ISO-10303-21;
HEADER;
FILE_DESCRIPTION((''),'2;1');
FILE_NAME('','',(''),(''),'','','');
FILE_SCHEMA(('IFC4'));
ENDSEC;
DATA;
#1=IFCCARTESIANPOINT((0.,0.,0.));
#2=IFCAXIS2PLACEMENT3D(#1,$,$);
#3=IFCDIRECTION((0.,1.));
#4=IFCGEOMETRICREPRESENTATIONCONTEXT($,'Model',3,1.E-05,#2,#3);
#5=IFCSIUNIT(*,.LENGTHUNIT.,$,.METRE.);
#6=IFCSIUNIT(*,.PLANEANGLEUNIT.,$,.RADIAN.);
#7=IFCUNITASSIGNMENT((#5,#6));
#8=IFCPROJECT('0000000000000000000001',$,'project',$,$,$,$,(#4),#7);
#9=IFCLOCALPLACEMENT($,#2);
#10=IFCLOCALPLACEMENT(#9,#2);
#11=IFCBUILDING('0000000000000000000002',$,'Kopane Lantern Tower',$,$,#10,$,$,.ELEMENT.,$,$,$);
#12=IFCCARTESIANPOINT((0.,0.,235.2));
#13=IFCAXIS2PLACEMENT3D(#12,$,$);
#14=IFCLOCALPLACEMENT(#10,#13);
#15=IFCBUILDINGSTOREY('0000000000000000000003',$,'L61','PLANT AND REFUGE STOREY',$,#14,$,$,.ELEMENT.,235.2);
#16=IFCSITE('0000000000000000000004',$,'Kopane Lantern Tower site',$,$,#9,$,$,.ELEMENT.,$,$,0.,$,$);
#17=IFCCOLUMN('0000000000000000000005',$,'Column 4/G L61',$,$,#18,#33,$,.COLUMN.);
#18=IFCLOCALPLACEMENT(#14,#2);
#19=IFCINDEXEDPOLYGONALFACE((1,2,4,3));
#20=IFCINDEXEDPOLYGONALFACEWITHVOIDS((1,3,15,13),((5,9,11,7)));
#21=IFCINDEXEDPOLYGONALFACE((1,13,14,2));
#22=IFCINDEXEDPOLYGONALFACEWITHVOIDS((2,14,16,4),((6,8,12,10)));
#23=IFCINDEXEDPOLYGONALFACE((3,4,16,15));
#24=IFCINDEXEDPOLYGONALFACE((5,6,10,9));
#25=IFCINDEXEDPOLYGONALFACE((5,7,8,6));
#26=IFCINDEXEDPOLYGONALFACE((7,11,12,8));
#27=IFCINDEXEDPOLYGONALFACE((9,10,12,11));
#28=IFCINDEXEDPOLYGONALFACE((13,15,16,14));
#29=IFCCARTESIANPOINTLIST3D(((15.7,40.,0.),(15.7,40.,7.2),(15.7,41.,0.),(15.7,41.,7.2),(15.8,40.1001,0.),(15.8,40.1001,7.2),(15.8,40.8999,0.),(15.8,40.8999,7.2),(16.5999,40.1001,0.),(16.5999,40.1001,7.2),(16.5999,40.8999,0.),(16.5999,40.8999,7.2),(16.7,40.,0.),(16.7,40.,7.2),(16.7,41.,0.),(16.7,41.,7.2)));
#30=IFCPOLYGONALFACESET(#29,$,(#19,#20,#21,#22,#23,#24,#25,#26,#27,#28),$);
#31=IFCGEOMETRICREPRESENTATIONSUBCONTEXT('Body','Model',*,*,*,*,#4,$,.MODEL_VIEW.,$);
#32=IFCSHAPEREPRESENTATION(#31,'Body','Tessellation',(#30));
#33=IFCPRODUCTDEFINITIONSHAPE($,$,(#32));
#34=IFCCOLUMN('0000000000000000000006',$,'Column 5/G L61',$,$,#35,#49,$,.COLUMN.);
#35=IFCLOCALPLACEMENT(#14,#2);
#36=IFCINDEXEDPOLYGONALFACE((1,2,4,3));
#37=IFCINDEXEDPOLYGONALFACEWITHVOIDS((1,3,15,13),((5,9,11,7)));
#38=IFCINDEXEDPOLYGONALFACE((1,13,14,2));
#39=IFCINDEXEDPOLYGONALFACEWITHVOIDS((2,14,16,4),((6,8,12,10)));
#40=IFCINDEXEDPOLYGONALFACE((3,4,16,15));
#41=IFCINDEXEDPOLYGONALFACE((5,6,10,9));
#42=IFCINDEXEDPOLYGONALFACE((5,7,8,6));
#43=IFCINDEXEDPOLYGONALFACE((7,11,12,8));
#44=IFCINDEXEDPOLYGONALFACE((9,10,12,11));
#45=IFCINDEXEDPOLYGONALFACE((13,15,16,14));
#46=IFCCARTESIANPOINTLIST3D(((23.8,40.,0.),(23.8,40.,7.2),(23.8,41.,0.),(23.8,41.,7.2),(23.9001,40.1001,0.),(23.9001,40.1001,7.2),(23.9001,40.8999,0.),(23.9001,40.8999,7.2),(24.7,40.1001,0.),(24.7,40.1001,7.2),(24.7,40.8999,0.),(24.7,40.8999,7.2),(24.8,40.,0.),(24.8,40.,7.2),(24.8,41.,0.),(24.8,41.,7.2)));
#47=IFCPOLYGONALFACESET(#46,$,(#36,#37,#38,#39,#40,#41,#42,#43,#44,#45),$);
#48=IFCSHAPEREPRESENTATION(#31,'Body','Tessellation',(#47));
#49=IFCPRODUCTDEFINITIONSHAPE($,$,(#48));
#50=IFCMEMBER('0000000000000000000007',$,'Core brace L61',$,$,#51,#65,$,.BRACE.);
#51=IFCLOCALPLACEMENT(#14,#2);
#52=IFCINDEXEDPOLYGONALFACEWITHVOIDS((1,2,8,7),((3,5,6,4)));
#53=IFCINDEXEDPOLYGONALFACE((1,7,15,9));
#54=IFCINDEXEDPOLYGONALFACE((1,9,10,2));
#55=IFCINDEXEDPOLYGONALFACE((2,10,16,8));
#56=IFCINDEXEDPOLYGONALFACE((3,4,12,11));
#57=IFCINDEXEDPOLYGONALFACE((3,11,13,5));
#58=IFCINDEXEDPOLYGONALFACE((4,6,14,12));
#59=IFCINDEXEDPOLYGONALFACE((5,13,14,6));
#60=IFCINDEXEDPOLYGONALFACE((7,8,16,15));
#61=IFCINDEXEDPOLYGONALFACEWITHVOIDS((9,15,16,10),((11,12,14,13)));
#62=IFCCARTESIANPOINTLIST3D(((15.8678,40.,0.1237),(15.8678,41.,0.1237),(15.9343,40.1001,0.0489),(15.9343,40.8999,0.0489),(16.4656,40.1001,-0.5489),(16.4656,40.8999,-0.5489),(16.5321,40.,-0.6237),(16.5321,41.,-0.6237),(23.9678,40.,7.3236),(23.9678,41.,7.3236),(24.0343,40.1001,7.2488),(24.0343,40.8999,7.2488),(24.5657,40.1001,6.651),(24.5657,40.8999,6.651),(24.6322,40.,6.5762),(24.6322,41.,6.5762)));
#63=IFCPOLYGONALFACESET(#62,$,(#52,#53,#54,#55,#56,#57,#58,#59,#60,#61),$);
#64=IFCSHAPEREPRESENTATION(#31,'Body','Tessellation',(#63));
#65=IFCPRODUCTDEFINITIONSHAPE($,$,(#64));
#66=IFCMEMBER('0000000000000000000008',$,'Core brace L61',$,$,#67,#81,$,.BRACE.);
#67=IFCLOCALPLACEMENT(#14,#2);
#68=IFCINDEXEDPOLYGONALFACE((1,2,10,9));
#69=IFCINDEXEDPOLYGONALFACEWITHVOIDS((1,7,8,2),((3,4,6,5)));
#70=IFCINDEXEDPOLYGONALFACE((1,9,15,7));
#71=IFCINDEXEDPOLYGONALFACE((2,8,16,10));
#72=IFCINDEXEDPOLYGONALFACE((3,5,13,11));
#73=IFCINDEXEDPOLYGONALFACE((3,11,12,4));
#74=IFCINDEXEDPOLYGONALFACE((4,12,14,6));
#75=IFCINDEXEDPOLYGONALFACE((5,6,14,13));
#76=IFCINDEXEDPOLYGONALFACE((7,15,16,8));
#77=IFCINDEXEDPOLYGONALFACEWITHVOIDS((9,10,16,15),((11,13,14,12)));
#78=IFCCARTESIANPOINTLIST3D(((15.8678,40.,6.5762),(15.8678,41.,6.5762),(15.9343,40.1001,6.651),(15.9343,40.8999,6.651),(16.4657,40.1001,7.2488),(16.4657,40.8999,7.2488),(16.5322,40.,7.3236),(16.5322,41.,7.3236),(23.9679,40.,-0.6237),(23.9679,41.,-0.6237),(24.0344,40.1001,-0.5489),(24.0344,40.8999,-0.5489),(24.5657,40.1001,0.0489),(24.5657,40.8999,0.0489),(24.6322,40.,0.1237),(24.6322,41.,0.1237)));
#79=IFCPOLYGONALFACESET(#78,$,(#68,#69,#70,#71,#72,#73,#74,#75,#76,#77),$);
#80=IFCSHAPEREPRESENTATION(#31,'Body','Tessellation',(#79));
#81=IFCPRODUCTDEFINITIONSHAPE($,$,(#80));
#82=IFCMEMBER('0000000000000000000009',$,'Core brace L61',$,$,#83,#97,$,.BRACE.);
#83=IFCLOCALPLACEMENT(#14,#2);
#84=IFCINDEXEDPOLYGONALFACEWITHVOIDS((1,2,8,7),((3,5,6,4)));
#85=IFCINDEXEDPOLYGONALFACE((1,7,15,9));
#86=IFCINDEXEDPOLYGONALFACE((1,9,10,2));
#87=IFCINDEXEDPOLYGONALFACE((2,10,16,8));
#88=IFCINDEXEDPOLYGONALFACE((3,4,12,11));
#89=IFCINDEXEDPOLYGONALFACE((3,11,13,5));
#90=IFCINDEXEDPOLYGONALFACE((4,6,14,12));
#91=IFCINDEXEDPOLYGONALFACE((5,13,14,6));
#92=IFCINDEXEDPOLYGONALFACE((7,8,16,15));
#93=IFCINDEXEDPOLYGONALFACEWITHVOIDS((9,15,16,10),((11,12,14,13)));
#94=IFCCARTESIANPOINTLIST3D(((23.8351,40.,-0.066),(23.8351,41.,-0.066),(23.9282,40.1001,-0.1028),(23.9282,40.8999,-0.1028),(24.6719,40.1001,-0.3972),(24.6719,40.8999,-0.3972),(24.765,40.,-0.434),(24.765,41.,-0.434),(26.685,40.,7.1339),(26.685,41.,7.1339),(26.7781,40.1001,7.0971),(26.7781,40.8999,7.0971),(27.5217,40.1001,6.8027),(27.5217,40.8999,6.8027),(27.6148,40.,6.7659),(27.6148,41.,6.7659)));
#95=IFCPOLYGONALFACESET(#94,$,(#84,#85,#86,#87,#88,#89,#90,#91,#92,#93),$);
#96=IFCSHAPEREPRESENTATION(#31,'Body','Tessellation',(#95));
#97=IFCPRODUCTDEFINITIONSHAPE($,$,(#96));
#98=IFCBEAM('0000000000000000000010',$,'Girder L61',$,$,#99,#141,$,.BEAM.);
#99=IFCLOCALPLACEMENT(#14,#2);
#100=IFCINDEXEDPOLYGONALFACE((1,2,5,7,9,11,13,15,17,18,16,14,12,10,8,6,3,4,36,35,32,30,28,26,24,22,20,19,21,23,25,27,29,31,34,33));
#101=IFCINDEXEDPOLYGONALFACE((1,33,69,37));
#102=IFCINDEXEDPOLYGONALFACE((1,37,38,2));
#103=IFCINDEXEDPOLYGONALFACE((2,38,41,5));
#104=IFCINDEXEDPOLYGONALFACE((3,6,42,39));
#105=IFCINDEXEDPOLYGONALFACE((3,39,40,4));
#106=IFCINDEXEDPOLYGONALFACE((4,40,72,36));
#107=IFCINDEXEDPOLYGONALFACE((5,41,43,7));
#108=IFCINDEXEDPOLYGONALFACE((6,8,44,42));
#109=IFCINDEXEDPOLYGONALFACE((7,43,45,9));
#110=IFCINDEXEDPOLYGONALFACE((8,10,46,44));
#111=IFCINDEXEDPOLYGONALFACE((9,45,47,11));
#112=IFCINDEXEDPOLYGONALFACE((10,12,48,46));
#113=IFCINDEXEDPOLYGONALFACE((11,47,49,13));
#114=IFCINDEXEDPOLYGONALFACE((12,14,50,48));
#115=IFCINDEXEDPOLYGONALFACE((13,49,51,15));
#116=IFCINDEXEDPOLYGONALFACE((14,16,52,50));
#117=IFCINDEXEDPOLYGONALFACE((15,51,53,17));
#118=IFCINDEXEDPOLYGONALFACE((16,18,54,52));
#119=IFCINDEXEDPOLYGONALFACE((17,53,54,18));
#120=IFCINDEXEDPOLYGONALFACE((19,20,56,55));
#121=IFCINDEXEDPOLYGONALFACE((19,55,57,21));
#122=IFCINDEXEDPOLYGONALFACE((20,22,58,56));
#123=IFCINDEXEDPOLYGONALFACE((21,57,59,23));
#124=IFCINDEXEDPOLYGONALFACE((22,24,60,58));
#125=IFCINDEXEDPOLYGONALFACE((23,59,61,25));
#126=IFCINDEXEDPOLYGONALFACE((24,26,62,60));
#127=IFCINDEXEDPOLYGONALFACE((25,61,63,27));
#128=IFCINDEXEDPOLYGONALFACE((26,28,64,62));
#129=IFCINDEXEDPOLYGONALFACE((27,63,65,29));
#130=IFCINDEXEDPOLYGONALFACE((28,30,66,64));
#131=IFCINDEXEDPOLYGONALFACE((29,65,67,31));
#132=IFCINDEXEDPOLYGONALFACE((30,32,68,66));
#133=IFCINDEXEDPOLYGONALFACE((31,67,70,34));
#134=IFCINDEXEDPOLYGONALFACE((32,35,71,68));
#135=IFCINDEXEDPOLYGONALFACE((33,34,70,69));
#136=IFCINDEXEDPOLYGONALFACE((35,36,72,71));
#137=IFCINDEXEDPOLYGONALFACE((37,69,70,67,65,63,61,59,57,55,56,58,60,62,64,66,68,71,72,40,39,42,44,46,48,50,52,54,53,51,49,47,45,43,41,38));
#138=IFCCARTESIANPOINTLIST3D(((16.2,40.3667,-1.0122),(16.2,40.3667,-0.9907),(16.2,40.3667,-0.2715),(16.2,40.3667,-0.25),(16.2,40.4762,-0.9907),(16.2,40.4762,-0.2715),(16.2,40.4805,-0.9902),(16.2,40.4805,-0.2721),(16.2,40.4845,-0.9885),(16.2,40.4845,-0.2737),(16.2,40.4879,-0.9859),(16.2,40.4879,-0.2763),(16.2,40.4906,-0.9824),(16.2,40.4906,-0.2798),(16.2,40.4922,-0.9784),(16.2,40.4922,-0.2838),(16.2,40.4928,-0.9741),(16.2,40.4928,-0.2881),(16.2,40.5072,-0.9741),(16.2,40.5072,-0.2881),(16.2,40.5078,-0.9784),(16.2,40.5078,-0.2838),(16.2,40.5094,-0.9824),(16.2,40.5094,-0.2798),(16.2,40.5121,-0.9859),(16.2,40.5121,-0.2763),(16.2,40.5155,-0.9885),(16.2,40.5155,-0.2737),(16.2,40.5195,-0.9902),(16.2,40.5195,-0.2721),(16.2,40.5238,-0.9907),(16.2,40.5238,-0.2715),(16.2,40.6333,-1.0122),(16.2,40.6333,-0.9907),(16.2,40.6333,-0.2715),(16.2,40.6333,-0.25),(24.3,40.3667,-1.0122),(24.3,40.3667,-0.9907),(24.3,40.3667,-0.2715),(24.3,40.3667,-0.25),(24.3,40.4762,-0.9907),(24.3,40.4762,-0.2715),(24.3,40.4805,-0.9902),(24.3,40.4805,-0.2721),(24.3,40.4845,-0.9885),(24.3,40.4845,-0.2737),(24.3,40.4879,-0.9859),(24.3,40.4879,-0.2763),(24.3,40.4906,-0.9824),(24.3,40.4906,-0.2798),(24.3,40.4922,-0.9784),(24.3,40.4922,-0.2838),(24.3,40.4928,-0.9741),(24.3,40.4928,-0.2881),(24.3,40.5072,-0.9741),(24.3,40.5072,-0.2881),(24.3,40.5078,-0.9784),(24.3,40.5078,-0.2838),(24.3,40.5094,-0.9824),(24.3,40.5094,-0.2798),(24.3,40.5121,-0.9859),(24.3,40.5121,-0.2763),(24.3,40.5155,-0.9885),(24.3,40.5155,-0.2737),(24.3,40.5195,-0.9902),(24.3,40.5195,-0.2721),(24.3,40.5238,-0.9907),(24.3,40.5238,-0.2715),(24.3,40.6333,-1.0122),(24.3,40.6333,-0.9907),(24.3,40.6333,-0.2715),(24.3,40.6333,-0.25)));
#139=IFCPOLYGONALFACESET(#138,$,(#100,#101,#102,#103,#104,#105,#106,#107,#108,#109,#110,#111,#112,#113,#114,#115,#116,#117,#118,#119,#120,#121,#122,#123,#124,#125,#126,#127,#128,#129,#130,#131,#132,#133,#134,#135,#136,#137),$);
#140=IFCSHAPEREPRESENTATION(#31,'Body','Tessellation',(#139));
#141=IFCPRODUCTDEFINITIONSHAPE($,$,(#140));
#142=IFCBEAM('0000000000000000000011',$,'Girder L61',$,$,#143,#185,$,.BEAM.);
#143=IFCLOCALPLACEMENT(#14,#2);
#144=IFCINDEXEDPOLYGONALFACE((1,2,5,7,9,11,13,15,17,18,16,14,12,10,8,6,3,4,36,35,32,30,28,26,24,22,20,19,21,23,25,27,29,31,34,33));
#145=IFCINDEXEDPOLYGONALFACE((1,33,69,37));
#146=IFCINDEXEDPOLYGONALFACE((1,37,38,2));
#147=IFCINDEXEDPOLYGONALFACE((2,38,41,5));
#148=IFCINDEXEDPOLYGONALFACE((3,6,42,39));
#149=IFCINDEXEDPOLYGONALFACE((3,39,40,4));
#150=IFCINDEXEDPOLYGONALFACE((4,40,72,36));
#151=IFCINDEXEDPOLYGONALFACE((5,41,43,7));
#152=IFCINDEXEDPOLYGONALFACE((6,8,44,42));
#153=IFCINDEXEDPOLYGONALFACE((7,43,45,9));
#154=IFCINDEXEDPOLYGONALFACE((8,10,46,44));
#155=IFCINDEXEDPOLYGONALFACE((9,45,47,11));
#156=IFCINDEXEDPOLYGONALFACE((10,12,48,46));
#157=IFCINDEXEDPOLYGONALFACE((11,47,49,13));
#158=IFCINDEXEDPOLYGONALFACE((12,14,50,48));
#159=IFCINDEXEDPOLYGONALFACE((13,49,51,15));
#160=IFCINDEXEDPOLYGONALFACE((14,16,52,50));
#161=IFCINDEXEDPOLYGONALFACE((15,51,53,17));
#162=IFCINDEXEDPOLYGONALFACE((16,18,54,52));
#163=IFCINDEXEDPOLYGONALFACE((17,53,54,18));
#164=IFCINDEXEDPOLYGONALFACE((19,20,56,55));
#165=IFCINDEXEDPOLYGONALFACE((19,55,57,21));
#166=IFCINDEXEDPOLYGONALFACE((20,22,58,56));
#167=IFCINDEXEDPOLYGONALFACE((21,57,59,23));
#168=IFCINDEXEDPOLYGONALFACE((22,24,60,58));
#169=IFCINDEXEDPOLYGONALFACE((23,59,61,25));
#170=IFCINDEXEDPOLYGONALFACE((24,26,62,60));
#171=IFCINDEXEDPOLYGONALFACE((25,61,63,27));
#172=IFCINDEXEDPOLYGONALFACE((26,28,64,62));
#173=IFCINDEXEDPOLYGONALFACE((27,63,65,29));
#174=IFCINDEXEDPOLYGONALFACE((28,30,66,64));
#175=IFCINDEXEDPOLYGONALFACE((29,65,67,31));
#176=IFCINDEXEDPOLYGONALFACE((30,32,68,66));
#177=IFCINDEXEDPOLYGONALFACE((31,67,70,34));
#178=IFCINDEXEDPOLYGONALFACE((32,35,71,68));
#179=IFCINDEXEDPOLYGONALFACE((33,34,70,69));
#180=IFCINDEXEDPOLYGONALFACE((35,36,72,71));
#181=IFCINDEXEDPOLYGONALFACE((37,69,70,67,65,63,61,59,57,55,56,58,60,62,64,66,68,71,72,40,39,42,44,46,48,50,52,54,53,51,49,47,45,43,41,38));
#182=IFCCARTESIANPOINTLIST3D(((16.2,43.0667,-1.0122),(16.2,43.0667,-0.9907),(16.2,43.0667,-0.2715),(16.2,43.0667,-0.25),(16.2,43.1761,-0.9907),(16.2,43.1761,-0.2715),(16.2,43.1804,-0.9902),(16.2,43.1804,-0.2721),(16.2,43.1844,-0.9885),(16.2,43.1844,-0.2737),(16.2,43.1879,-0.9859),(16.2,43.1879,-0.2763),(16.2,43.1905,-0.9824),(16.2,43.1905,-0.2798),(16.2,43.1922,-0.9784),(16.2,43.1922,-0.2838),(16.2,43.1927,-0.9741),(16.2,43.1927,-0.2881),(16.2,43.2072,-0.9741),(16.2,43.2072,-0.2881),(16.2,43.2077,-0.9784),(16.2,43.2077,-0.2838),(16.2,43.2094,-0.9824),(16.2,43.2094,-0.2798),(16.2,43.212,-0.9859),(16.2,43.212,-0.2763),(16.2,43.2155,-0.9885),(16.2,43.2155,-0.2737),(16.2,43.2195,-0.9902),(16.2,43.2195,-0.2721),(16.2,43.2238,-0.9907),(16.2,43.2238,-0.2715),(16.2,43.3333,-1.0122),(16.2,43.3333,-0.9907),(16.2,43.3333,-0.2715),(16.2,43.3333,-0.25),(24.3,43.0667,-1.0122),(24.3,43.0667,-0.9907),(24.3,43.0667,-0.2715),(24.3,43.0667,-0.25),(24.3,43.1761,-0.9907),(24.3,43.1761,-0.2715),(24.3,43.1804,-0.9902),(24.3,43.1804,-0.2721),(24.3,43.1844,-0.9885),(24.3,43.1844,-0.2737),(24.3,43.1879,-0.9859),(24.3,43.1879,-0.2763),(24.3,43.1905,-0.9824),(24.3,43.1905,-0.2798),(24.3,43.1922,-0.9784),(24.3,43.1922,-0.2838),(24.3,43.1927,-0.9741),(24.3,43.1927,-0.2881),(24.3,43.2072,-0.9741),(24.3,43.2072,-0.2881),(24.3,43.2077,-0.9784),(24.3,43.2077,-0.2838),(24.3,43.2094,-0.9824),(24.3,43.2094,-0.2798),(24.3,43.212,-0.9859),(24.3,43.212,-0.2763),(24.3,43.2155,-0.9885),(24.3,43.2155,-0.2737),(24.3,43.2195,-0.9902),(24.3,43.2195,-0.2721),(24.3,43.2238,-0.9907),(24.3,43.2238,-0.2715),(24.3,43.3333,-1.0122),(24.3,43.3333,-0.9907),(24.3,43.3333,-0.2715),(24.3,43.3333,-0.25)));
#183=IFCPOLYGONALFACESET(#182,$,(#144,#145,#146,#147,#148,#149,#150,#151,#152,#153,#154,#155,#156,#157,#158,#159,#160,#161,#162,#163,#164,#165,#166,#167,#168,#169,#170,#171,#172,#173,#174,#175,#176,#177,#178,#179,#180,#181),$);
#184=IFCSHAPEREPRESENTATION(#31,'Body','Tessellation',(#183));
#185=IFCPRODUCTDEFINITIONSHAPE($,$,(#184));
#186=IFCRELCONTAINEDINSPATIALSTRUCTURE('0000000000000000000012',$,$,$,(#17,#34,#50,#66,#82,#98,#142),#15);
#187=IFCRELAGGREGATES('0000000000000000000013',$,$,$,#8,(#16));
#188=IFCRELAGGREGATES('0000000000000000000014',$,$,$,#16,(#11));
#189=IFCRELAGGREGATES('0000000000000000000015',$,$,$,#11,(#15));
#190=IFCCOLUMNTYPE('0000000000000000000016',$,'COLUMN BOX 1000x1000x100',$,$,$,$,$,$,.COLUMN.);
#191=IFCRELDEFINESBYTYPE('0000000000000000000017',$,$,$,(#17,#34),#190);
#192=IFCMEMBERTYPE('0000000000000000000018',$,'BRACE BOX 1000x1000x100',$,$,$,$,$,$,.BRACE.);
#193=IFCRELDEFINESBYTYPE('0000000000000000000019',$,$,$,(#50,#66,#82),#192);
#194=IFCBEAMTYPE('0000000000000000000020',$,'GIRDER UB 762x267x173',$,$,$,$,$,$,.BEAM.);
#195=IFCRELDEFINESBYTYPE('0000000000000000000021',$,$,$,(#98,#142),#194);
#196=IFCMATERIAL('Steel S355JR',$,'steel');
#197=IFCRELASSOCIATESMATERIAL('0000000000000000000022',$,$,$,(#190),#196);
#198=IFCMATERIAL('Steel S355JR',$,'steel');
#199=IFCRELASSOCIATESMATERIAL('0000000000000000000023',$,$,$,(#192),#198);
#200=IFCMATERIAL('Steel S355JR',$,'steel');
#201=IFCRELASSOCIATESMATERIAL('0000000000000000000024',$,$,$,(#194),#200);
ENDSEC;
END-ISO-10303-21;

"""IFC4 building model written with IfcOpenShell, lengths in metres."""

from ifc_helpers import new_model, si_unit, direction, frame, origin, origin_2d, place, context, subcontext, project, spatial, hollow_rectangle, i_section, extrude, material, material_profile, profile_set, type_object, element, save


model = new_model("IFC4")

# Units and contexts
model_context = context("Model", 3, precision=1e-05, world=origin(), true_north=direction((0.0, 1.0)))
body_context = subcontext(model_context, "Body", "Model", "MODEL_VIEW")
ifc_project = project(units=[si_unit("LENGTHUNIT", "METRE"), si_unit("PLANEANGLEUNIT", "RADIAN")], contexts=[model_context])

# Site, building, storey
site_placement = place(None, origin())
site = spatial("IfcSite", under=ifc_project, at=site_placement, Name="Kopane Lantern Tower site", CompositionType="ELEMENT", RefElevation=0.0)
building_placement = place(site_placement, origin())
building = spatial("IfcBuilding", under=site, at=building_placement, Name="Kopane Lantern Tower", CompositionType="ELEMENT")
storey_placement = place(building_placement, frame((0.0, 0.0, 235.2)))
storey = spatial("IfcBuildingStorey", under=building, at=storey_placement, Name="L61", Description="PLANT AND REFUGE STOREY", CompositionType="ELEMENT", Elevation=235.2)

# Columns
ifc_material_1 = material(Name="Steel S355JR", Category="steel")
ifc_material_profile_1 = material_profile(ifc_material_1, hollow_rectangle(XDim=1.0, YDim=1.0, WallThickness=0.1001, at=origin_2d()), Name="BOX 1000x1000x100")
ifc_profile_set_1 = profile_set([ifc_material_profile_1], Name="Steel S355JR")
column_type = type_object("IfcColumnType", Name="COLUMN BOX 1000x1000x100", PredefinedType="COLUMN", material=ifc_profile_set_1)
for number, where, z_axis, x_axis, name in (
    (1, (16.2, 40.5, 0.0), (0.0, 0.0, 1.0), (1.0, 0.0, 0.0), "Column 4/G L61"),
    (2, (24.3, 40.5, 0.0), (0.0, 0.0, 1.0), (1.0, 0.0, 0.0), "Column 5/G L61"),
):
    element("IfcColumn", number, at=place(storey_placement, frame(where, z_axis=z_axis, x_axis=x_axis)), inside=storey, type_object=column_type, Name=name, PredefinedType="COLUMN", context=body_context, shape_type="SweptSolid", body=[
        extrude(hollow_rectangle(XDim=1.0, YDim=1.0, WallThickness=0.1001, at=origin_2d()), origin(), (0.0, 0.0, 1.0), 7.2),
    ])

# Members
ifc_material_2 = material(Name="Steel S355JR", Category="steel")
ifc_material_profile_2 = material_profile(ifc_material_2, hollow_rectangle(XDim=1.0, YDim=1.0, WallThickness=0.1001, at=origin_2d()), Name="BOX 1000x1000x100")
ifc_profile_set_2 = profile_set([ifc_material_profile_2], Name="Steel S355JR")
member_type_1 = type_object("IfcMemberType", Name="BRACE BOX 1000x1000x100", PredefinedType="BRACE", material=ifc_profile_set_2)
for number, where, z_axis, x_axis, name in (
    (3, (16.2, 40.5, -0.25), (0.747416, 0.0, 0.664357), (0.0, 1.0, 0.0), "Core brace L61"),
    (4, (24.3, 40.5, -0.25), (-0.747416, 0.0, 0.664357), (0.0, -1.0, 0.0), "Core brace L61"),
):
    element("IfcMember", number, at=place(storey_placement, frame(where, z_axis=z_axis, x_axis=x_axis)), inside=storey, type_object=member_type_1, Name=name, PredefinedType="BRACE", context=body_context, shape_type="SweptSolid", body=[
        extrude(hollow_rectangle(XDim=1.0, YDim=1.0, WallThickness=0.1001, at=origin_2d()), origin(), (0.0, 0.0, 1.0), 10.8374),
    ])
member_1_placement = place(storey_placement, frame((24.3, 40.5, -0.25), z_axis=(0.368034, 0.0, 0.929812), x_axis=(0.0, 1.0, 0.0)))
element("IfcMember", 5, at=member_1_placement, inside=storey, type_object=member_type_1, Name="Core brace L61", PredefinedType="BRACE", context=body_context, shape_type="SweptSolid", body=[
    extrude(hollow_rectangle(XDim=1.0, YDim=1.0, WallThickness=0.1001, at=origin_2d()), origin(), (0.0, 0.0, 1.0), 7.7434),
])

# Beams
ifc_material_3 = material(Name="Steel S355JR", Category="steel")
ifc_material_profile_3 = material_profile(ifc_material_3, i_section(OverallWidth=0.2666, OverallDepth=0.7622, WebThickness=0.0144, FlangeThickness=0.0215, FilletRadius=0.0166, at=origin_2d()), Name="UB 762x267x173")
ifc_profile_set_3 = profile_set([ifc_material_profile_3], Name="Steel S355JR")
beam_type_1 = type_object("IfcBeamType", Name="GIRDER UB 762x267x173", PredefinedType="BEAM", material=ifc_profile_set_3)
for number, where, z_axis, x_axis, name in (
    (6, (16.2, 40.5, -0.6311), (1.0, 0.0, 0.0), (0.0, 1.0, 0.0), "Girder L61"),
    (7, (16.2, 43.2, -0.6311), (1.0, 0.0, 0.0), (0.0, 1.0, 0.0), "Girder L61"),
):
    element("IfcBeam", number, at=place(storey_placement, frame(where, z_axis=z_axis, x_axis=x_axis)), inside=storey, type_object=beam_type_1, Name=name, PredefinedType="BEAM", context=body_context, shape_type="SweptSolid", body=[
        extrude(i_section(OverallWidth=0.2666, OverallDepth=0.7622, WebThickness=0.0144, FlangeThickness=0.0215, FilletRadius=0.0166, at=origin_2d()), origin(), (0.0, 0.0, 1.0), 8.1001),
    ])

save(model, "model.ifc")
